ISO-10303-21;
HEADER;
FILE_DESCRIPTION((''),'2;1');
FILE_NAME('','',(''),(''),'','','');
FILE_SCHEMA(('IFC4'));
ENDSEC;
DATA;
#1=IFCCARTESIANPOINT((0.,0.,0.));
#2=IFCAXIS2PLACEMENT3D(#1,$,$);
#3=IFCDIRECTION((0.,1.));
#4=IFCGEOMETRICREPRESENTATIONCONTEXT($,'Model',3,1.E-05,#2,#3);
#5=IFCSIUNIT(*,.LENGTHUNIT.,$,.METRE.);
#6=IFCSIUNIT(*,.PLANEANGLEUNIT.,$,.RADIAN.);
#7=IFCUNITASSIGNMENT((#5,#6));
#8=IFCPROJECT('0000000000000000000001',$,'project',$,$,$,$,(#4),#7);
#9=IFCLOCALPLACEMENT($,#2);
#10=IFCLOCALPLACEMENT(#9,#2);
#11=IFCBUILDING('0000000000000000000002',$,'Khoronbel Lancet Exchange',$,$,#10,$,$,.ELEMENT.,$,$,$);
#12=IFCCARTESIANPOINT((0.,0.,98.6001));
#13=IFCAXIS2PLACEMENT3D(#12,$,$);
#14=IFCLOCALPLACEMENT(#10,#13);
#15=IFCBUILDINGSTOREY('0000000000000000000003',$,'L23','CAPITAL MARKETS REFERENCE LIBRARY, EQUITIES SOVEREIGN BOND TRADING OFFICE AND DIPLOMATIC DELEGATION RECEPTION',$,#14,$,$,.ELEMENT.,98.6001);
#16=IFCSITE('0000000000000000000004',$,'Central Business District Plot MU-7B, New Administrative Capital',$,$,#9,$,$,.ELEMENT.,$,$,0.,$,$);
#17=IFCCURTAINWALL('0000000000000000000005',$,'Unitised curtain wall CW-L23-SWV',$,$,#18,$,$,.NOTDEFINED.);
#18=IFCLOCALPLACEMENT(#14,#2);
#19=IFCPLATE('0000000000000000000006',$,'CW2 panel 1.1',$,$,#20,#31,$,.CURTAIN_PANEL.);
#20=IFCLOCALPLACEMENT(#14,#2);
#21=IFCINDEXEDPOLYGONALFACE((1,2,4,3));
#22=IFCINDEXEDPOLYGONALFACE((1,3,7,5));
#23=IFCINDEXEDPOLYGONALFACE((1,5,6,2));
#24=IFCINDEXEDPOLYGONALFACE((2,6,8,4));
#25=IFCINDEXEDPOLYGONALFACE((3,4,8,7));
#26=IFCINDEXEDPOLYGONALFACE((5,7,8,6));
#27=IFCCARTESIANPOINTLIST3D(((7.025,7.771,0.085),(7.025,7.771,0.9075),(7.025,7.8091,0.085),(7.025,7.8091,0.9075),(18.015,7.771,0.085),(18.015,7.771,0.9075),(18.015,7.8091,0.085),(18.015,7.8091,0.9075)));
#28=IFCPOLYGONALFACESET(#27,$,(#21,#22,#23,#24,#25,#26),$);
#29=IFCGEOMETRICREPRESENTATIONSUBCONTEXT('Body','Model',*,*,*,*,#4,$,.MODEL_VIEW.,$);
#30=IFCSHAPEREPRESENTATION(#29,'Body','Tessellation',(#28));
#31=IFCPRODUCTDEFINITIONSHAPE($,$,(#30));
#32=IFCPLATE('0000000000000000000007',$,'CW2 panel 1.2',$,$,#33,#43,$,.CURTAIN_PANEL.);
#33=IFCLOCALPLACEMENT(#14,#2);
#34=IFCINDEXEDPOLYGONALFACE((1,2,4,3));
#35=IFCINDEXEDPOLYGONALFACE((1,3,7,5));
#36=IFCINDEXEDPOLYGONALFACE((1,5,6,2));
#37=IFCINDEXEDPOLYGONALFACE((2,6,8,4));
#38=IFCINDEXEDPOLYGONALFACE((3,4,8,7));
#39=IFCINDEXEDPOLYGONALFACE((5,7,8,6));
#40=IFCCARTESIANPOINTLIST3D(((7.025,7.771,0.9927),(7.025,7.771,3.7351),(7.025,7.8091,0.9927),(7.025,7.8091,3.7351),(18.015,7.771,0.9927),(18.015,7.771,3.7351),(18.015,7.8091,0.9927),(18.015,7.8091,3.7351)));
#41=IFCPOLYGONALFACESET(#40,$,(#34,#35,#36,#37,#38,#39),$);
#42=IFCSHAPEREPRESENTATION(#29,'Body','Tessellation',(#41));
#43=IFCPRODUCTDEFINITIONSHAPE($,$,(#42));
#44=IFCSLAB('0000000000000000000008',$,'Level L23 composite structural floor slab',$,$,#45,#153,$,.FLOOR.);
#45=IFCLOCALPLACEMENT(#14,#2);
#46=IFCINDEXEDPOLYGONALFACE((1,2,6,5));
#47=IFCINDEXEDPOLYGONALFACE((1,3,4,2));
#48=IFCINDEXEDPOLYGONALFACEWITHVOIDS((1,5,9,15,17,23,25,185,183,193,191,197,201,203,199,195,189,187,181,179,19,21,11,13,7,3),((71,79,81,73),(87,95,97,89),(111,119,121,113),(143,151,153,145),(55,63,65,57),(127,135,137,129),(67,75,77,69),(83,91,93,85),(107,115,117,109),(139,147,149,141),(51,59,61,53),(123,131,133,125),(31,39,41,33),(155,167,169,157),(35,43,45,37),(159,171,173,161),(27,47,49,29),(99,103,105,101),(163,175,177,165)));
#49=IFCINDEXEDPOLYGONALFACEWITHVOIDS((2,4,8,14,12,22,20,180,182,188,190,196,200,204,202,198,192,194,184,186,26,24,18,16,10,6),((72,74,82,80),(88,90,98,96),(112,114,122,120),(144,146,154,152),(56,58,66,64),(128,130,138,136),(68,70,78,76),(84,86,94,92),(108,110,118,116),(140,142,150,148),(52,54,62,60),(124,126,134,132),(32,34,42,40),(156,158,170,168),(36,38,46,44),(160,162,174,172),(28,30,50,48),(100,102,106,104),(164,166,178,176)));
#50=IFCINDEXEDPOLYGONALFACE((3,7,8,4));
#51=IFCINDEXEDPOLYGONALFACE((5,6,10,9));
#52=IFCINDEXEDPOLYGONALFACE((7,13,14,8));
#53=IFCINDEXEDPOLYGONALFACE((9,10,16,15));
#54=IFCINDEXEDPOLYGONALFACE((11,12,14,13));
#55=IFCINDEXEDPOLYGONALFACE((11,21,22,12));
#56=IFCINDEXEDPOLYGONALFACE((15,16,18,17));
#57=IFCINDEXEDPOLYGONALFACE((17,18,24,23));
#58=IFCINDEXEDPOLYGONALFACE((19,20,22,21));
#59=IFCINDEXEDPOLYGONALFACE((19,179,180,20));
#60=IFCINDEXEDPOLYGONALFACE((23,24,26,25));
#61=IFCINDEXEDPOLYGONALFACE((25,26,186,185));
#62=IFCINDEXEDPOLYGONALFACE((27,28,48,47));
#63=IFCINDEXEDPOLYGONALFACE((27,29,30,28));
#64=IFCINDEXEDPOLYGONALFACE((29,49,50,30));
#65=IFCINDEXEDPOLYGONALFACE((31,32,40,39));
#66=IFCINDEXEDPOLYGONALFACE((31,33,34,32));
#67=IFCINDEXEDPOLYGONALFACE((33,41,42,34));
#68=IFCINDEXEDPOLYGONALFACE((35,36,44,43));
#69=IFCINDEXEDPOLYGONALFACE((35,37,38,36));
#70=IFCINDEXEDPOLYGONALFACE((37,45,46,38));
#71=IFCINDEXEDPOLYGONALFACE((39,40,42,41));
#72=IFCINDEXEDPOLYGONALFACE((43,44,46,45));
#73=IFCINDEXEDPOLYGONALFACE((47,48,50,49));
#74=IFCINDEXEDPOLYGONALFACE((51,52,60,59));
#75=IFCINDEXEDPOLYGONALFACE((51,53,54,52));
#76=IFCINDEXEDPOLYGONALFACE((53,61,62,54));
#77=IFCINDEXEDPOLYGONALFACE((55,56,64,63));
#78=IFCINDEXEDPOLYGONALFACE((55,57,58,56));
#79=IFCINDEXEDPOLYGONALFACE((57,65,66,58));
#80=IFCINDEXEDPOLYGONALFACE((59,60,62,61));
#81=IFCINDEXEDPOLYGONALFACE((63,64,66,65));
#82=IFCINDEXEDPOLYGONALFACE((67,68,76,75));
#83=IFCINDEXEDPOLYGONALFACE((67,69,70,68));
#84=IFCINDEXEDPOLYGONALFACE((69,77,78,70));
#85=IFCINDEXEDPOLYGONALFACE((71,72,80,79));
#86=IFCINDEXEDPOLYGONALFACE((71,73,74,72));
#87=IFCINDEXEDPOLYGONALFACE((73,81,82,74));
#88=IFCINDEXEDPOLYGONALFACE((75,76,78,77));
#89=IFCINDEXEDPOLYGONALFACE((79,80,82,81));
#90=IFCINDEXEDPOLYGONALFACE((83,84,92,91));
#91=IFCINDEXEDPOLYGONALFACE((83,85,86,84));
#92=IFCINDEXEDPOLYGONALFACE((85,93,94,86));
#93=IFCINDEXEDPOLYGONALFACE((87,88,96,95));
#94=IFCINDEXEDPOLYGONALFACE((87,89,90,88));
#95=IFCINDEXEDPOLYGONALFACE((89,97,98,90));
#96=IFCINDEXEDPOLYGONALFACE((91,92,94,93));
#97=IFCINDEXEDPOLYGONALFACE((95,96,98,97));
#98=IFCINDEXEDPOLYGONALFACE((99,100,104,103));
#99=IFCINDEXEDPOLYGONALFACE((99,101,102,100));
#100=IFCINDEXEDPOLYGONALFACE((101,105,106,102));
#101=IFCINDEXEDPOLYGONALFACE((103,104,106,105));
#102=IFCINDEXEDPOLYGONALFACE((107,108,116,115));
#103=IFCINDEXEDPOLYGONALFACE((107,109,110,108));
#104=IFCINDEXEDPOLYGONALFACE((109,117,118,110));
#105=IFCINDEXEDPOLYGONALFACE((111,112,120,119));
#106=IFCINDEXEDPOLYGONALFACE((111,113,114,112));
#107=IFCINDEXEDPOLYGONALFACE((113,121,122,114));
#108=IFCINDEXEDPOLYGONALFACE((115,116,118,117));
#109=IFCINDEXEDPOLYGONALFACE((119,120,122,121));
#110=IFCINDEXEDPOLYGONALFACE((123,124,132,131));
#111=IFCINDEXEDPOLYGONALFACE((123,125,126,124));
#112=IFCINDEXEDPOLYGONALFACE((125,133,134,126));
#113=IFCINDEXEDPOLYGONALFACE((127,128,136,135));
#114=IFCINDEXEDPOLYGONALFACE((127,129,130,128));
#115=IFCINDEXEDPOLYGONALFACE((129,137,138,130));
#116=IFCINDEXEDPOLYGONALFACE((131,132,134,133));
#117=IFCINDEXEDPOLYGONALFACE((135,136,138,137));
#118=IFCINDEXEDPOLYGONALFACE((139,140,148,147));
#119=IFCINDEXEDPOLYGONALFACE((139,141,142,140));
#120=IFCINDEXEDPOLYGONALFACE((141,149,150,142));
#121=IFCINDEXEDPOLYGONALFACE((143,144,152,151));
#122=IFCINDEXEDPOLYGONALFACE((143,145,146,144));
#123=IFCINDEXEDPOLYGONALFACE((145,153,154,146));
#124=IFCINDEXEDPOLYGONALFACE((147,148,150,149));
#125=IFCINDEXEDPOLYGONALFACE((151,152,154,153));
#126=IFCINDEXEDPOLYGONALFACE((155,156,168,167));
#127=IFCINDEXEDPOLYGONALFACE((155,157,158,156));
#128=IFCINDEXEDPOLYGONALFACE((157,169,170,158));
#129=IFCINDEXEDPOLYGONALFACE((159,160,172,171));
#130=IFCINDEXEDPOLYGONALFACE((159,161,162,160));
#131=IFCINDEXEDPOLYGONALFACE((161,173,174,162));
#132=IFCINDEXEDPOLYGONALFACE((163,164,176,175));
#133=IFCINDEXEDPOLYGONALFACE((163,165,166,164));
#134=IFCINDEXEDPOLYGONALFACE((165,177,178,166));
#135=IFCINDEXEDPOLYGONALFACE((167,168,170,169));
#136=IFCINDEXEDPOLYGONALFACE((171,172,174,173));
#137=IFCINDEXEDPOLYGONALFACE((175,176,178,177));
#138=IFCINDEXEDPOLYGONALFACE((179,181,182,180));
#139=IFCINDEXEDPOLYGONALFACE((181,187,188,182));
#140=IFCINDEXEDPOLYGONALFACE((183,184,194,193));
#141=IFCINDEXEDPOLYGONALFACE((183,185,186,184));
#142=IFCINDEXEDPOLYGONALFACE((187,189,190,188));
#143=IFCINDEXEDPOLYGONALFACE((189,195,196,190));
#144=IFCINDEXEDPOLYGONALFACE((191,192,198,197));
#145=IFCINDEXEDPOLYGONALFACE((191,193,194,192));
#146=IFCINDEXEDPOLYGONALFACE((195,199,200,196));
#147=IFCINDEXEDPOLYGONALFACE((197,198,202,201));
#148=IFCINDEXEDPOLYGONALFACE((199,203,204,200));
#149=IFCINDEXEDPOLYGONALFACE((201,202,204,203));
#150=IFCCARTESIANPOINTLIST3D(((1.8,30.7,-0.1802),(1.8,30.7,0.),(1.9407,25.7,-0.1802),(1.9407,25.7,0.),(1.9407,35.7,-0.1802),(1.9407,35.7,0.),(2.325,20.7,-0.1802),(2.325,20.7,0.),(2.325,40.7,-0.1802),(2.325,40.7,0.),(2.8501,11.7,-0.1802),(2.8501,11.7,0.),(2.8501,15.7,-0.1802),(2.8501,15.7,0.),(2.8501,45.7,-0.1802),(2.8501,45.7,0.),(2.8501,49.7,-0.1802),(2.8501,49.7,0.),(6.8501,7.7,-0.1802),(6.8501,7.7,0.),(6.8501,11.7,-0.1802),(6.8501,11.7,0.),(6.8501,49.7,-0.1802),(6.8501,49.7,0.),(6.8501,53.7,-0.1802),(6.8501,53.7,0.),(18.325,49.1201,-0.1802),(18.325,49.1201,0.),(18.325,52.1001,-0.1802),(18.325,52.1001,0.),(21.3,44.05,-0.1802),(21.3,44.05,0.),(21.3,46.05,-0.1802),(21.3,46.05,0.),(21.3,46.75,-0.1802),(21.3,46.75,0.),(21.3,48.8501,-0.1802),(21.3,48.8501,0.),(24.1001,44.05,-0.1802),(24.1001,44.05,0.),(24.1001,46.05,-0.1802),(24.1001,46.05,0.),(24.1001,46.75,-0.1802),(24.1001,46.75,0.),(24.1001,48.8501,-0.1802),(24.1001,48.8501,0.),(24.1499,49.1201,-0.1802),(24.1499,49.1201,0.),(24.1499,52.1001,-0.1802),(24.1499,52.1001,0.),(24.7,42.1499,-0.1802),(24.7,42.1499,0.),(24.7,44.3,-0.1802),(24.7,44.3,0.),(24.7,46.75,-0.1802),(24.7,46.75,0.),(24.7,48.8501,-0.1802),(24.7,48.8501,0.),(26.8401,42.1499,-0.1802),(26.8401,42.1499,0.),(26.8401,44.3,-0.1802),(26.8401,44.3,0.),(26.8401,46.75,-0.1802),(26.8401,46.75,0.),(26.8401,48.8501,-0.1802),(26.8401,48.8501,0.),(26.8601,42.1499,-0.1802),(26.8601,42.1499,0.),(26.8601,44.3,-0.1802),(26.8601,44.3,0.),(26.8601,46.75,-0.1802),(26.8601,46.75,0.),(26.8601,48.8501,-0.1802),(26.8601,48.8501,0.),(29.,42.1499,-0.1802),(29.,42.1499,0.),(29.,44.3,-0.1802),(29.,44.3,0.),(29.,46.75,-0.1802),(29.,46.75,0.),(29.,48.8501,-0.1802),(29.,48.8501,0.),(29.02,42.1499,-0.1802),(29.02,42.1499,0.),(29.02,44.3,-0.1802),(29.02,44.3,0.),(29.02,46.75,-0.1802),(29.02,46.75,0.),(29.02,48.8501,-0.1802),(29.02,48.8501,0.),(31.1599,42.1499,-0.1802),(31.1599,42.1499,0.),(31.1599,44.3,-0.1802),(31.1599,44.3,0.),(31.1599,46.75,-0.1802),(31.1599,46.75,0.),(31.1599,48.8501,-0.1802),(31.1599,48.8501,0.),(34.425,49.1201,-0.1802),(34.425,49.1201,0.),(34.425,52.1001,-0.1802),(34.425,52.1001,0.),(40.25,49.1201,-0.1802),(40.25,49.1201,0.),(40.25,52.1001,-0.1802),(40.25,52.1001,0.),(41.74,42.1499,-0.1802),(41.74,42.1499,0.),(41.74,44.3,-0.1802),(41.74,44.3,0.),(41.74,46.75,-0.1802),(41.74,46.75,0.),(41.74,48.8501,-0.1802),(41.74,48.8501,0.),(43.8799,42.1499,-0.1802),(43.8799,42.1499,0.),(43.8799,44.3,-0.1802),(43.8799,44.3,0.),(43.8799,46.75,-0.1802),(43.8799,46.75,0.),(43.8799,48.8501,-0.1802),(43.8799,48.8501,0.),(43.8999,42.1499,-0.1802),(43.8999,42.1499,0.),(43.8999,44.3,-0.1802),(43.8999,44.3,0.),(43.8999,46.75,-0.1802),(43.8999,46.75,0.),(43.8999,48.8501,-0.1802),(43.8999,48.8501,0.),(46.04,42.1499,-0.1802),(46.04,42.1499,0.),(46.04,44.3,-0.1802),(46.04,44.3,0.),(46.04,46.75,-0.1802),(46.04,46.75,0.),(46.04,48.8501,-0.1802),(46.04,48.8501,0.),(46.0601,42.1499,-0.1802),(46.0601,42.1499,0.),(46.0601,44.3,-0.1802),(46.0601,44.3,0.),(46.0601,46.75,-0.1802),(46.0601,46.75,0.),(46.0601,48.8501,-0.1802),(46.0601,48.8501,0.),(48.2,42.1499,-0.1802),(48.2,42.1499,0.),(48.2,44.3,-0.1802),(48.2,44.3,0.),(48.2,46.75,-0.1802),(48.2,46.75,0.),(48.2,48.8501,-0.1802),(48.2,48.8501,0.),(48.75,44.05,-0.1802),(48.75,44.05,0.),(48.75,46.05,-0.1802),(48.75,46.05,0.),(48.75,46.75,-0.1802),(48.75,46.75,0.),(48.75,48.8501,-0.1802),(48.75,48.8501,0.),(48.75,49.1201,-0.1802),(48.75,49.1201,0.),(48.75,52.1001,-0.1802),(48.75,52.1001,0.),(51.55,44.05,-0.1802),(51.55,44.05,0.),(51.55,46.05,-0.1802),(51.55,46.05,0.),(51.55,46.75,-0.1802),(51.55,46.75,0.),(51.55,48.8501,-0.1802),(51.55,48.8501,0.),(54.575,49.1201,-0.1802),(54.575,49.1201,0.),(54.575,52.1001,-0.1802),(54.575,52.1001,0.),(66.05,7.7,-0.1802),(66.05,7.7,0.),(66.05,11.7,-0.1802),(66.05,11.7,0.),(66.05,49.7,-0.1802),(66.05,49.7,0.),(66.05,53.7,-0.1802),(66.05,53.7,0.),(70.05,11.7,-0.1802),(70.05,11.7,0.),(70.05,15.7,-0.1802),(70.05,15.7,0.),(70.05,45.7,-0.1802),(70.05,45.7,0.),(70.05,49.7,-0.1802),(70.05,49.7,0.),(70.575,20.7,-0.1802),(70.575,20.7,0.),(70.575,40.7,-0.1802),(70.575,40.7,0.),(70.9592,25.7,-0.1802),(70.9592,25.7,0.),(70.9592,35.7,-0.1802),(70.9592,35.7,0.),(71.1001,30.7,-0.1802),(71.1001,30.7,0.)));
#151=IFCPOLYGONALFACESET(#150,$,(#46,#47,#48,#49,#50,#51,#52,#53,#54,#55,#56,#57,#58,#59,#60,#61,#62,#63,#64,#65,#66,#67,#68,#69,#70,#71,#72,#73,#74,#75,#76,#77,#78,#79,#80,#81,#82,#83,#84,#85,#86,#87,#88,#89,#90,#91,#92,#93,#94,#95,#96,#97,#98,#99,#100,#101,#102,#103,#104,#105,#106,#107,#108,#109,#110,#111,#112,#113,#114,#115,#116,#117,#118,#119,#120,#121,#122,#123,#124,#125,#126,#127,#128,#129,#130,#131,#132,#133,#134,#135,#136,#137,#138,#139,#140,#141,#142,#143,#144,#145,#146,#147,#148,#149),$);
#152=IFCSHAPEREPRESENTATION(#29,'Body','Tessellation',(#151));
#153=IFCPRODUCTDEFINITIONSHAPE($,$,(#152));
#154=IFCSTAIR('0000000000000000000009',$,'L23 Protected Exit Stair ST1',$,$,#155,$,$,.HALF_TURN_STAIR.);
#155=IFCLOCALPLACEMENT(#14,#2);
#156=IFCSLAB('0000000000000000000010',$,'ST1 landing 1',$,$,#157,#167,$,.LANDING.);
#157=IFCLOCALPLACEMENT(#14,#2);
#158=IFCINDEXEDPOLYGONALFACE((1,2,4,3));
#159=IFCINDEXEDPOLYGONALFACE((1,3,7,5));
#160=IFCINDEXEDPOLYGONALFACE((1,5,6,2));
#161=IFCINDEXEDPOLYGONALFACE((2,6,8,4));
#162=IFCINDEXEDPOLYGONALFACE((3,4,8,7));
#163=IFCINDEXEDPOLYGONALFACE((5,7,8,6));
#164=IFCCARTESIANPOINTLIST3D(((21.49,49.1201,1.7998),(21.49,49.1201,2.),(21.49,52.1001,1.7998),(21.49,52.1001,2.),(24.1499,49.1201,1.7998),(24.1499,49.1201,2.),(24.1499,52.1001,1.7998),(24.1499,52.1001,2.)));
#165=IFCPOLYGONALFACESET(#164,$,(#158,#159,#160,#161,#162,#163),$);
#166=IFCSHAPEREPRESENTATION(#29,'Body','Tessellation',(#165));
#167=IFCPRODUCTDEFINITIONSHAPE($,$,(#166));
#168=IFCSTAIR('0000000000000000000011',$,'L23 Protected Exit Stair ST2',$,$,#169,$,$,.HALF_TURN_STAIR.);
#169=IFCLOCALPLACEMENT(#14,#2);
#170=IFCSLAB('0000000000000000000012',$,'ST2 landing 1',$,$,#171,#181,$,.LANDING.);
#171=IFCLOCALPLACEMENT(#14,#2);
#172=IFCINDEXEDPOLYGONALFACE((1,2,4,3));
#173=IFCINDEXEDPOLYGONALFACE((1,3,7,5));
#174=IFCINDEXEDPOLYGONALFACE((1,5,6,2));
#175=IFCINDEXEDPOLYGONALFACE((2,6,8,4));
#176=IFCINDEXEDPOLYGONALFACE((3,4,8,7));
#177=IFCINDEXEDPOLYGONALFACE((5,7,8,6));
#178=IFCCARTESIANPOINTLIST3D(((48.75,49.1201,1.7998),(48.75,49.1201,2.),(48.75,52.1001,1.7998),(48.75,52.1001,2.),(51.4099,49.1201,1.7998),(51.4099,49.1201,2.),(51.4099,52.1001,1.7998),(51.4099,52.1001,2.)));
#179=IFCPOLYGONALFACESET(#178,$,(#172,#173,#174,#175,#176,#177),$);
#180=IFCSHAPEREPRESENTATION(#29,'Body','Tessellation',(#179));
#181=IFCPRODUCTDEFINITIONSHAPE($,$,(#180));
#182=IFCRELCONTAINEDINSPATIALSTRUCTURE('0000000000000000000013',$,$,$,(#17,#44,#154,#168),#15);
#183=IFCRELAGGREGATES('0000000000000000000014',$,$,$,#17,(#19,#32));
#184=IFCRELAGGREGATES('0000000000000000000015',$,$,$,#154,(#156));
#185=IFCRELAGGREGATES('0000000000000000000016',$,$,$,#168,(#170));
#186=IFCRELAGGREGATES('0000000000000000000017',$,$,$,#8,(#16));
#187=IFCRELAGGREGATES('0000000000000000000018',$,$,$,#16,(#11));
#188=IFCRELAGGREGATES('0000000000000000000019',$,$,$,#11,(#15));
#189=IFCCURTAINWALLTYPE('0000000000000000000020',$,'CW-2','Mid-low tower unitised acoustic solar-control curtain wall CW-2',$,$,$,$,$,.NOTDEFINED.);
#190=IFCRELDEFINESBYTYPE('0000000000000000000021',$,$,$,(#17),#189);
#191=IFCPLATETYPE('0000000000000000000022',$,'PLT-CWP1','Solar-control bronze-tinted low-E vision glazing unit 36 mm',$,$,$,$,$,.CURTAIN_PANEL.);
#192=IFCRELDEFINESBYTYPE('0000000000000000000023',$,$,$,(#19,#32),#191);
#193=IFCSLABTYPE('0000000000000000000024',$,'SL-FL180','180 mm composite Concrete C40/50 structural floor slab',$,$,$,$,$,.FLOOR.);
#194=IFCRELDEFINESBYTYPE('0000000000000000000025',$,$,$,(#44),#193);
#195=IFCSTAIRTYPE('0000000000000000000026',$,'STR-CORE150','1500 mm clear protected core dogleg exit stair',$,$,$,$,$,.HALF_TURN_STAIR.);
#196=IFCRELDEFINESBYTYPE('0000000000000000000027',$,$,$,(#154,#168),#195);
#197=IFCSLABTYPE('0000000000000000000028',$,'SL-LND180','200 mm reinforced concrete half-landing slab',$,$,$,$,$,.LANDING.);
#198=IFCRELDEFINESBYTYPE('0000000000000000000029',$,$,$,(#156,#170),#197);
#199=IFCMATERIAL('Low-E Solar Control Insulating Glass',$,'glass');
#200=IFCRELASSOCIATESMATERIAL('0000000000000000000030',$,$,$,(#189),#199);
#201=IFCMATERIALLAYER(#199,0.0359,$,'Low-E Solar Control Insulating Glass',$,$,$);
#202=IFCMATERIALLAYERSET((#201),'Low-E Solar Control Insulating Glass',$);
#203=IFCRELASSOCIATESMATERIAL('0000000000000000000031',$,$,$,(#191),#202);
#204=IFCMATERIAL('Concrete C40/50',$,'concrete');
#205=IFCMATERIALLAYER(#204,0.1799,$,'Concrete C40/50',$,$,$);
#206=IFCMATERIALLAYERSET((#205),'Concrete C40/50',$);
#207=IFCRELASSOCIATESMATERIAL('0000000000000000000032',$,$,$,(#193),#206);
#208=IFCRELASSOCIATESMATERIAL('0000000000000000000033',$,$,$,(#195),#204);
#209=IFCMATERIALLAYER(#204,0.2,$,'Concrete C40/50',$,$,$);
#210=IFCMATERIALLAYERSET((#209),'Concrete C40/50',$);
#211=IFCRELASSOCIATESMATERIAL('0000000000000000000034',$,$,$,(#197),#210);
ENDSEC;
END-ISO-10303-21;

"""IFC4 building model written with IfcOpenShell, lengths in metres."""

from ifc_helpers import new_model, si_unit, direction, frame, origin, origin_2d, place, context, subcontext, project, spatial, polyline, rectangle, outline, extrude, material, layer, layer_set, type_object, element, aggregate, save


model = new_model("IFC4")

# Units and contexts
model_context = context("Model", 3, precision=1e-05, world=origin(), true_north=direction((0.0, 1.0)))
body_context = subcontext(model_context, "Body", "Model", "MODEL_VIEW")
ifc_project = project(units=[si_unit("LENGTHUNIT", "METRE"), si_unit("PLANEANGLEUNIT", "RADIAN")], contexts=[model_context])

# Site, building, storey
site_placement = place(None, origin())
site = spatial("IfcSite", under=ifc_project, at=site_placement, Name="Central Business District Plot MU-7B, New Administrative Capital", CompositionType="ELEMENT", RefElevation=0.0)
building_placement = place(site_placement, origin())
building = spatial("IfcBuilding", under=site, at=building_placement, Name="Khoronbel Lancet Exchange", CompositionType="ELEMENT")
storey_placement = place(building_placement, frame((0.0, 0.0, 98.6001)))
storey = spatial("IfcBuildingStorey", under=building, at=storey_placement, Name="L23", Description="CAPITAL MARKETS REFERENCE LIBRARY, EQUITIES SOVEREIGN BOND TRADING OFFICE AND DIPLOMATIC DELEGATION RECEPTION", CompositionType="ELEMENT", Elevation=98.6001)

# Curtain wall
ifc_material_1 = material(Name="Low-E Solar Control Insulating Glass", Category="glass")
curtain_wall_type = type_object("IfcCurtainWallType", Name="CW-2", Description="Mid-low tower unitised acoustic solar-control curtain wall CW-2", PredefinedType="NOTDEFINED", material=ifc_material_1)
curtain_wall_1_placement = place(storey_placement, origin())
curtain_wall_1 = element("IfcCurtainWall", 1, at=curtain_wall_1_placement, inside=storey, type_object=curtain_wall_type, Name="Unitised curtain wall CW-L23-SWV", PredefinedType="NOTDEFINED")

# Plates
ifc_layer_1 = layer(ifc_material_1, 0.0359, Name="Low-E Solar Control Insulating Glass")
ifc_layer_set_1 = layer_set([ifc_layer_1], Name="Low-E Solar Control Insulating Glass")
plate_type = type_object("IfcPlateType", Name="PLT-CWP1", Description="Solar-control bronze-tinted low-E vision glazing unit 36 mm", PredefinedType="CURTAIN_PANEL", material=ifc_layer_set_1)
plate_1_placement = place(storey_placement, frame((12.52, 7.79, 0.085), z_axis=(0.0, 0.0, 1.0), x_axis=(1.0, 0.0, 0.0)))
plate_1 = element("IfcPlate", 2, at=plate_1_placement, type_object=plate_type, Name="CW2 panel 1.1", PredefinedType="CURTAIN_PANEL", context=body_context, shape_type="SweptSolid", body=[
    extrude(rectangle(XDim=10.99, YDim=0.0381, at=origin_2d()), origin(), (0.0, 0.0, 1.0), 0.8225),
])
plate_2_placement = place(storey_placement, frame((12.52, 7.79, 0.9927), z_axis=(0.0, 0.0, 1.0), x_axis=(1.0, 0.0, 0.0)))
plate_2 = element("IfcPlate", 3, at=plate_2_placement, type_object=plate_type, Name="CW2 panel 1.2", PredefinedType="CURTAIN_PANEL", context=body_context, shape_type="SweptSolid", body=[
    extrude(rectangle(XDim=10.99, YDim=0.0381, at=origin_2d()), origin(), (0.0, 0.0, 1.0), 2.7424),
])
aggregate(curtain_wall_1, [plate_1, plate_2])

# Slab
ifc_material_2 = material(Name="Concrete C40/50", Category="concrete")
ifc_layer_2 = layer(ifc_material_2, 0.1799, Name="Concrete C40/50")
ifc_layer_set_2 = layer_set([ifc_layer_2], Name="Concrete C40/50")
slab_type_1 = type_object("IfcSlabType", Name="SL-FL180", Description="180 mm composite Concrete C40/50 structural floor slab", PredefinedType="FLOOR", material=ifc_layer_set_2)
slab_1_placement = place(storey_placement, frame((0.0, 0.0, -0.1802)))
element("IfcSlab", 4, at=slab_1_placement, inside=storey, type_object=slab_type_1, Name="Level L23 composite structural floor slab", PredefinedType="FLOOR", context=body_context, shape_type="SweptSolid", body=[
    extrude(outline(polyline([(6.8501, 7.7), (66.05, 7.7), (66.05, 11.7), (70.05, 11.7), (70.05, 15.7), (70.575, 20.7), (70.9592, 25.7), (71.1001, 30.7), (70.9592, 35.7), (70.575, 40.7), (70.05, 45.7), (70.05, 49.7), (66.05, 49.7), (66.05, 53.7), (6.8501, 53.7), (6.8501, 49.7), (2.8501, 49.7), (2.8501, 45.7), (2.325, 40.7), (1.9407, 35.7), (1.8, 30.7), (1.9407, 25.7), (2.325, 20.7), (2.8501, 15.7), (2.8501, 11.7), (6.8501, 11.7), (6.8501, 7.7)]), holes=[polyline([(18.325, 49.1201), (24.1499, 49.1201), (24.1499, 52.1001), (18.325, 52.1001), (18.325, 49.1201)]), polyline([(48.75, 49.1201), (54.575, 49.1201), (54.575, 52.1001), (48.75, 52.1001), (48.75, 49.1201)]), polyline([(34.425, 49.1201), (40.25, 49.1201), (40.25, 52.1001), (34.425, 52.1001), (34.425, 49.1201)]), polyline([(24.7, 46.75), (26.8401, 46.75), (26.8401, 48.8501), (24.7, 48.8501), (24.7, 46.75)]), polyline([(26.8601, 46.75), (29.0, 46.75), (29.0, 48.8501), (26.8601, 48.8501), (26.8601, 46.75)]), polyline([(29.02, 46.75), (31.1599, 46.75), (31.1599, 48.8501), (29.02, 48.8501), (29.02, 46.75)]), polyline([(24.7, 42.1499), (26.8401, 42.1499), (26.8401, 44.3), (24.7, 44.3), (24.7, 42.1499)]), polyline([(26.8601, 42.1499), (29.0, 42.1499), (29.0, 44.3), (26.8601, 44.3), (26.8601, 42.1499)]), polyline([(29.02, 42.1499), (31.1599, 42.1499), (31.1599, 44.3), (29.02, 44.3), (29.02, 42.1499)]), polyline([(41.74, 46.75), (43.8799, 46.75), (43.8799, 48.8501), (41.74, 48.8501), (41.74, 46.75)]), polyline([(43.8999, 46.75), (46.04, 46.75), (46.04, 48.8501), (43.8999, 48.8501), (43.8999, 46.75)]), polyline([(46.0601, 46.75), (48.2, 46.75), (48.2, 48.8501), (46.0601, 48.8501), (46.0601, 46.75)]), polyline([(41.74, 42.1499), (43.8799, 42.1499), (43.8799, 44.3), (41.74, 44.3), (41.74, 42.1499)]), polyline([(43.8999, 42.1499), (46.04, 42.1499), (46.04, 44.3), (43.8999, 44.3), (43.8999, 42.1499)]), polyline([(46.0601, 42.1499), (48.2, 42.1499), (48.2, 44.3), (46.0601, 44.3), (46.0601, 42.1499)]), polyline([(21.3, 46.75), (24.1001, 46.75), (24.1001, 48.8501), (21.3, 48.8501), (21.3, 46.75)]), polyline([(48.75, 46.75), (51.55, 46.75), (51.55, 48.8501), (48.75, 48.8501), (48.75, 46.75)]), polyline([(21.3, 44.05), (24.1001, 44.05), (24.1001, 46.05), (21.3, 46.05), (21.3, 44.05)]), polyline([(48.75, 44.05), (51.55, 44.05), (51.55, 46.05), (48.75, 46.05), (48.75, 44.05)])]), origin(), (0.0, 0.0, 1.0), 0.1802),
])

# Stairs, slabs
stair_type = type_object("IfcStairType", Name="STR-CORE150", Description="1500 mm clear protected core dogleg exit stair", PredefinedType="HALF_TURN_STAIR", material=ifc_material_2)
stair_1_placement = place(storey_placement, origin())
stair_1 = element("IfcStair", 5, at=stair_1_placement, inside=storey, type_object=stair_type, Name="L23 Protected Exit Stair ST1", PredefinedType="HALF_TURN_STAIR")
ifc_layer_3 = layer(ifc_material_2, 0.2, Name="Concrete C40/50")
ifc_layer_set_3 = layer_set([ifc_layer_3], Name="Concrete C40/50")
slab_type_2 = type_object("IfcSlabType", Name="SL-LND180", Description="200 mm reinforced concrete half-landing slab", PredefinedType="LANDING", material=ifc_layer_set_3)
slab_2_placement = place(storey_placement, frame((0.0, 0.0, 1.7998)))
slab_2 = element("IfcSlab", 6, at=slab_2_placement, type_object=slab_type_2, Name="ST1 landing 1", PredefinedType="LANDING", context=body_context, shape_type="SweptSolid", body=[
    extrude(outline(polyline([(21.49, 49.1201), (24.1499, 49.1201), (24.1499, 52.1001), (21.49, 52.1001), (21.49, 49.1201)])), origin(), (0.0, 0.0, 1.0), 0.2002),
])
aggregate(stair_1, [slab_2])
stair_2_placement = place(storey_placement, origin())
stair_2 = element("IfcStair", 7, at=stair_2_placement, inside=storey, type_object=stair_type, Name="L23 Protected Exit Stair ST2", PredefinedType="HALF_TURN_STAIR")
slab_3_placement = place(storey_placement, frame((0.0, 0.0, 1.7998)))
slab_3 = element("IfcSlab", 8, at=slab_3_placement, type_object=slab_type_2, Name="ST2 landing 1", PredefinedType="LANDING", context=body_context, shape_type="SweptSolid", body=[
    extrude(outline(polyline([(51.4099, 52.1001), (48.75, 52.1001), (48.75, 49.1201), (51.4099, 49.1201), (51.4099, 52.1001)])), origin(), (0.0, 0.0, 1.0), 0.2002),
])
aggregate(stair_2, [slab_3])

save(model, "model.ifc")
